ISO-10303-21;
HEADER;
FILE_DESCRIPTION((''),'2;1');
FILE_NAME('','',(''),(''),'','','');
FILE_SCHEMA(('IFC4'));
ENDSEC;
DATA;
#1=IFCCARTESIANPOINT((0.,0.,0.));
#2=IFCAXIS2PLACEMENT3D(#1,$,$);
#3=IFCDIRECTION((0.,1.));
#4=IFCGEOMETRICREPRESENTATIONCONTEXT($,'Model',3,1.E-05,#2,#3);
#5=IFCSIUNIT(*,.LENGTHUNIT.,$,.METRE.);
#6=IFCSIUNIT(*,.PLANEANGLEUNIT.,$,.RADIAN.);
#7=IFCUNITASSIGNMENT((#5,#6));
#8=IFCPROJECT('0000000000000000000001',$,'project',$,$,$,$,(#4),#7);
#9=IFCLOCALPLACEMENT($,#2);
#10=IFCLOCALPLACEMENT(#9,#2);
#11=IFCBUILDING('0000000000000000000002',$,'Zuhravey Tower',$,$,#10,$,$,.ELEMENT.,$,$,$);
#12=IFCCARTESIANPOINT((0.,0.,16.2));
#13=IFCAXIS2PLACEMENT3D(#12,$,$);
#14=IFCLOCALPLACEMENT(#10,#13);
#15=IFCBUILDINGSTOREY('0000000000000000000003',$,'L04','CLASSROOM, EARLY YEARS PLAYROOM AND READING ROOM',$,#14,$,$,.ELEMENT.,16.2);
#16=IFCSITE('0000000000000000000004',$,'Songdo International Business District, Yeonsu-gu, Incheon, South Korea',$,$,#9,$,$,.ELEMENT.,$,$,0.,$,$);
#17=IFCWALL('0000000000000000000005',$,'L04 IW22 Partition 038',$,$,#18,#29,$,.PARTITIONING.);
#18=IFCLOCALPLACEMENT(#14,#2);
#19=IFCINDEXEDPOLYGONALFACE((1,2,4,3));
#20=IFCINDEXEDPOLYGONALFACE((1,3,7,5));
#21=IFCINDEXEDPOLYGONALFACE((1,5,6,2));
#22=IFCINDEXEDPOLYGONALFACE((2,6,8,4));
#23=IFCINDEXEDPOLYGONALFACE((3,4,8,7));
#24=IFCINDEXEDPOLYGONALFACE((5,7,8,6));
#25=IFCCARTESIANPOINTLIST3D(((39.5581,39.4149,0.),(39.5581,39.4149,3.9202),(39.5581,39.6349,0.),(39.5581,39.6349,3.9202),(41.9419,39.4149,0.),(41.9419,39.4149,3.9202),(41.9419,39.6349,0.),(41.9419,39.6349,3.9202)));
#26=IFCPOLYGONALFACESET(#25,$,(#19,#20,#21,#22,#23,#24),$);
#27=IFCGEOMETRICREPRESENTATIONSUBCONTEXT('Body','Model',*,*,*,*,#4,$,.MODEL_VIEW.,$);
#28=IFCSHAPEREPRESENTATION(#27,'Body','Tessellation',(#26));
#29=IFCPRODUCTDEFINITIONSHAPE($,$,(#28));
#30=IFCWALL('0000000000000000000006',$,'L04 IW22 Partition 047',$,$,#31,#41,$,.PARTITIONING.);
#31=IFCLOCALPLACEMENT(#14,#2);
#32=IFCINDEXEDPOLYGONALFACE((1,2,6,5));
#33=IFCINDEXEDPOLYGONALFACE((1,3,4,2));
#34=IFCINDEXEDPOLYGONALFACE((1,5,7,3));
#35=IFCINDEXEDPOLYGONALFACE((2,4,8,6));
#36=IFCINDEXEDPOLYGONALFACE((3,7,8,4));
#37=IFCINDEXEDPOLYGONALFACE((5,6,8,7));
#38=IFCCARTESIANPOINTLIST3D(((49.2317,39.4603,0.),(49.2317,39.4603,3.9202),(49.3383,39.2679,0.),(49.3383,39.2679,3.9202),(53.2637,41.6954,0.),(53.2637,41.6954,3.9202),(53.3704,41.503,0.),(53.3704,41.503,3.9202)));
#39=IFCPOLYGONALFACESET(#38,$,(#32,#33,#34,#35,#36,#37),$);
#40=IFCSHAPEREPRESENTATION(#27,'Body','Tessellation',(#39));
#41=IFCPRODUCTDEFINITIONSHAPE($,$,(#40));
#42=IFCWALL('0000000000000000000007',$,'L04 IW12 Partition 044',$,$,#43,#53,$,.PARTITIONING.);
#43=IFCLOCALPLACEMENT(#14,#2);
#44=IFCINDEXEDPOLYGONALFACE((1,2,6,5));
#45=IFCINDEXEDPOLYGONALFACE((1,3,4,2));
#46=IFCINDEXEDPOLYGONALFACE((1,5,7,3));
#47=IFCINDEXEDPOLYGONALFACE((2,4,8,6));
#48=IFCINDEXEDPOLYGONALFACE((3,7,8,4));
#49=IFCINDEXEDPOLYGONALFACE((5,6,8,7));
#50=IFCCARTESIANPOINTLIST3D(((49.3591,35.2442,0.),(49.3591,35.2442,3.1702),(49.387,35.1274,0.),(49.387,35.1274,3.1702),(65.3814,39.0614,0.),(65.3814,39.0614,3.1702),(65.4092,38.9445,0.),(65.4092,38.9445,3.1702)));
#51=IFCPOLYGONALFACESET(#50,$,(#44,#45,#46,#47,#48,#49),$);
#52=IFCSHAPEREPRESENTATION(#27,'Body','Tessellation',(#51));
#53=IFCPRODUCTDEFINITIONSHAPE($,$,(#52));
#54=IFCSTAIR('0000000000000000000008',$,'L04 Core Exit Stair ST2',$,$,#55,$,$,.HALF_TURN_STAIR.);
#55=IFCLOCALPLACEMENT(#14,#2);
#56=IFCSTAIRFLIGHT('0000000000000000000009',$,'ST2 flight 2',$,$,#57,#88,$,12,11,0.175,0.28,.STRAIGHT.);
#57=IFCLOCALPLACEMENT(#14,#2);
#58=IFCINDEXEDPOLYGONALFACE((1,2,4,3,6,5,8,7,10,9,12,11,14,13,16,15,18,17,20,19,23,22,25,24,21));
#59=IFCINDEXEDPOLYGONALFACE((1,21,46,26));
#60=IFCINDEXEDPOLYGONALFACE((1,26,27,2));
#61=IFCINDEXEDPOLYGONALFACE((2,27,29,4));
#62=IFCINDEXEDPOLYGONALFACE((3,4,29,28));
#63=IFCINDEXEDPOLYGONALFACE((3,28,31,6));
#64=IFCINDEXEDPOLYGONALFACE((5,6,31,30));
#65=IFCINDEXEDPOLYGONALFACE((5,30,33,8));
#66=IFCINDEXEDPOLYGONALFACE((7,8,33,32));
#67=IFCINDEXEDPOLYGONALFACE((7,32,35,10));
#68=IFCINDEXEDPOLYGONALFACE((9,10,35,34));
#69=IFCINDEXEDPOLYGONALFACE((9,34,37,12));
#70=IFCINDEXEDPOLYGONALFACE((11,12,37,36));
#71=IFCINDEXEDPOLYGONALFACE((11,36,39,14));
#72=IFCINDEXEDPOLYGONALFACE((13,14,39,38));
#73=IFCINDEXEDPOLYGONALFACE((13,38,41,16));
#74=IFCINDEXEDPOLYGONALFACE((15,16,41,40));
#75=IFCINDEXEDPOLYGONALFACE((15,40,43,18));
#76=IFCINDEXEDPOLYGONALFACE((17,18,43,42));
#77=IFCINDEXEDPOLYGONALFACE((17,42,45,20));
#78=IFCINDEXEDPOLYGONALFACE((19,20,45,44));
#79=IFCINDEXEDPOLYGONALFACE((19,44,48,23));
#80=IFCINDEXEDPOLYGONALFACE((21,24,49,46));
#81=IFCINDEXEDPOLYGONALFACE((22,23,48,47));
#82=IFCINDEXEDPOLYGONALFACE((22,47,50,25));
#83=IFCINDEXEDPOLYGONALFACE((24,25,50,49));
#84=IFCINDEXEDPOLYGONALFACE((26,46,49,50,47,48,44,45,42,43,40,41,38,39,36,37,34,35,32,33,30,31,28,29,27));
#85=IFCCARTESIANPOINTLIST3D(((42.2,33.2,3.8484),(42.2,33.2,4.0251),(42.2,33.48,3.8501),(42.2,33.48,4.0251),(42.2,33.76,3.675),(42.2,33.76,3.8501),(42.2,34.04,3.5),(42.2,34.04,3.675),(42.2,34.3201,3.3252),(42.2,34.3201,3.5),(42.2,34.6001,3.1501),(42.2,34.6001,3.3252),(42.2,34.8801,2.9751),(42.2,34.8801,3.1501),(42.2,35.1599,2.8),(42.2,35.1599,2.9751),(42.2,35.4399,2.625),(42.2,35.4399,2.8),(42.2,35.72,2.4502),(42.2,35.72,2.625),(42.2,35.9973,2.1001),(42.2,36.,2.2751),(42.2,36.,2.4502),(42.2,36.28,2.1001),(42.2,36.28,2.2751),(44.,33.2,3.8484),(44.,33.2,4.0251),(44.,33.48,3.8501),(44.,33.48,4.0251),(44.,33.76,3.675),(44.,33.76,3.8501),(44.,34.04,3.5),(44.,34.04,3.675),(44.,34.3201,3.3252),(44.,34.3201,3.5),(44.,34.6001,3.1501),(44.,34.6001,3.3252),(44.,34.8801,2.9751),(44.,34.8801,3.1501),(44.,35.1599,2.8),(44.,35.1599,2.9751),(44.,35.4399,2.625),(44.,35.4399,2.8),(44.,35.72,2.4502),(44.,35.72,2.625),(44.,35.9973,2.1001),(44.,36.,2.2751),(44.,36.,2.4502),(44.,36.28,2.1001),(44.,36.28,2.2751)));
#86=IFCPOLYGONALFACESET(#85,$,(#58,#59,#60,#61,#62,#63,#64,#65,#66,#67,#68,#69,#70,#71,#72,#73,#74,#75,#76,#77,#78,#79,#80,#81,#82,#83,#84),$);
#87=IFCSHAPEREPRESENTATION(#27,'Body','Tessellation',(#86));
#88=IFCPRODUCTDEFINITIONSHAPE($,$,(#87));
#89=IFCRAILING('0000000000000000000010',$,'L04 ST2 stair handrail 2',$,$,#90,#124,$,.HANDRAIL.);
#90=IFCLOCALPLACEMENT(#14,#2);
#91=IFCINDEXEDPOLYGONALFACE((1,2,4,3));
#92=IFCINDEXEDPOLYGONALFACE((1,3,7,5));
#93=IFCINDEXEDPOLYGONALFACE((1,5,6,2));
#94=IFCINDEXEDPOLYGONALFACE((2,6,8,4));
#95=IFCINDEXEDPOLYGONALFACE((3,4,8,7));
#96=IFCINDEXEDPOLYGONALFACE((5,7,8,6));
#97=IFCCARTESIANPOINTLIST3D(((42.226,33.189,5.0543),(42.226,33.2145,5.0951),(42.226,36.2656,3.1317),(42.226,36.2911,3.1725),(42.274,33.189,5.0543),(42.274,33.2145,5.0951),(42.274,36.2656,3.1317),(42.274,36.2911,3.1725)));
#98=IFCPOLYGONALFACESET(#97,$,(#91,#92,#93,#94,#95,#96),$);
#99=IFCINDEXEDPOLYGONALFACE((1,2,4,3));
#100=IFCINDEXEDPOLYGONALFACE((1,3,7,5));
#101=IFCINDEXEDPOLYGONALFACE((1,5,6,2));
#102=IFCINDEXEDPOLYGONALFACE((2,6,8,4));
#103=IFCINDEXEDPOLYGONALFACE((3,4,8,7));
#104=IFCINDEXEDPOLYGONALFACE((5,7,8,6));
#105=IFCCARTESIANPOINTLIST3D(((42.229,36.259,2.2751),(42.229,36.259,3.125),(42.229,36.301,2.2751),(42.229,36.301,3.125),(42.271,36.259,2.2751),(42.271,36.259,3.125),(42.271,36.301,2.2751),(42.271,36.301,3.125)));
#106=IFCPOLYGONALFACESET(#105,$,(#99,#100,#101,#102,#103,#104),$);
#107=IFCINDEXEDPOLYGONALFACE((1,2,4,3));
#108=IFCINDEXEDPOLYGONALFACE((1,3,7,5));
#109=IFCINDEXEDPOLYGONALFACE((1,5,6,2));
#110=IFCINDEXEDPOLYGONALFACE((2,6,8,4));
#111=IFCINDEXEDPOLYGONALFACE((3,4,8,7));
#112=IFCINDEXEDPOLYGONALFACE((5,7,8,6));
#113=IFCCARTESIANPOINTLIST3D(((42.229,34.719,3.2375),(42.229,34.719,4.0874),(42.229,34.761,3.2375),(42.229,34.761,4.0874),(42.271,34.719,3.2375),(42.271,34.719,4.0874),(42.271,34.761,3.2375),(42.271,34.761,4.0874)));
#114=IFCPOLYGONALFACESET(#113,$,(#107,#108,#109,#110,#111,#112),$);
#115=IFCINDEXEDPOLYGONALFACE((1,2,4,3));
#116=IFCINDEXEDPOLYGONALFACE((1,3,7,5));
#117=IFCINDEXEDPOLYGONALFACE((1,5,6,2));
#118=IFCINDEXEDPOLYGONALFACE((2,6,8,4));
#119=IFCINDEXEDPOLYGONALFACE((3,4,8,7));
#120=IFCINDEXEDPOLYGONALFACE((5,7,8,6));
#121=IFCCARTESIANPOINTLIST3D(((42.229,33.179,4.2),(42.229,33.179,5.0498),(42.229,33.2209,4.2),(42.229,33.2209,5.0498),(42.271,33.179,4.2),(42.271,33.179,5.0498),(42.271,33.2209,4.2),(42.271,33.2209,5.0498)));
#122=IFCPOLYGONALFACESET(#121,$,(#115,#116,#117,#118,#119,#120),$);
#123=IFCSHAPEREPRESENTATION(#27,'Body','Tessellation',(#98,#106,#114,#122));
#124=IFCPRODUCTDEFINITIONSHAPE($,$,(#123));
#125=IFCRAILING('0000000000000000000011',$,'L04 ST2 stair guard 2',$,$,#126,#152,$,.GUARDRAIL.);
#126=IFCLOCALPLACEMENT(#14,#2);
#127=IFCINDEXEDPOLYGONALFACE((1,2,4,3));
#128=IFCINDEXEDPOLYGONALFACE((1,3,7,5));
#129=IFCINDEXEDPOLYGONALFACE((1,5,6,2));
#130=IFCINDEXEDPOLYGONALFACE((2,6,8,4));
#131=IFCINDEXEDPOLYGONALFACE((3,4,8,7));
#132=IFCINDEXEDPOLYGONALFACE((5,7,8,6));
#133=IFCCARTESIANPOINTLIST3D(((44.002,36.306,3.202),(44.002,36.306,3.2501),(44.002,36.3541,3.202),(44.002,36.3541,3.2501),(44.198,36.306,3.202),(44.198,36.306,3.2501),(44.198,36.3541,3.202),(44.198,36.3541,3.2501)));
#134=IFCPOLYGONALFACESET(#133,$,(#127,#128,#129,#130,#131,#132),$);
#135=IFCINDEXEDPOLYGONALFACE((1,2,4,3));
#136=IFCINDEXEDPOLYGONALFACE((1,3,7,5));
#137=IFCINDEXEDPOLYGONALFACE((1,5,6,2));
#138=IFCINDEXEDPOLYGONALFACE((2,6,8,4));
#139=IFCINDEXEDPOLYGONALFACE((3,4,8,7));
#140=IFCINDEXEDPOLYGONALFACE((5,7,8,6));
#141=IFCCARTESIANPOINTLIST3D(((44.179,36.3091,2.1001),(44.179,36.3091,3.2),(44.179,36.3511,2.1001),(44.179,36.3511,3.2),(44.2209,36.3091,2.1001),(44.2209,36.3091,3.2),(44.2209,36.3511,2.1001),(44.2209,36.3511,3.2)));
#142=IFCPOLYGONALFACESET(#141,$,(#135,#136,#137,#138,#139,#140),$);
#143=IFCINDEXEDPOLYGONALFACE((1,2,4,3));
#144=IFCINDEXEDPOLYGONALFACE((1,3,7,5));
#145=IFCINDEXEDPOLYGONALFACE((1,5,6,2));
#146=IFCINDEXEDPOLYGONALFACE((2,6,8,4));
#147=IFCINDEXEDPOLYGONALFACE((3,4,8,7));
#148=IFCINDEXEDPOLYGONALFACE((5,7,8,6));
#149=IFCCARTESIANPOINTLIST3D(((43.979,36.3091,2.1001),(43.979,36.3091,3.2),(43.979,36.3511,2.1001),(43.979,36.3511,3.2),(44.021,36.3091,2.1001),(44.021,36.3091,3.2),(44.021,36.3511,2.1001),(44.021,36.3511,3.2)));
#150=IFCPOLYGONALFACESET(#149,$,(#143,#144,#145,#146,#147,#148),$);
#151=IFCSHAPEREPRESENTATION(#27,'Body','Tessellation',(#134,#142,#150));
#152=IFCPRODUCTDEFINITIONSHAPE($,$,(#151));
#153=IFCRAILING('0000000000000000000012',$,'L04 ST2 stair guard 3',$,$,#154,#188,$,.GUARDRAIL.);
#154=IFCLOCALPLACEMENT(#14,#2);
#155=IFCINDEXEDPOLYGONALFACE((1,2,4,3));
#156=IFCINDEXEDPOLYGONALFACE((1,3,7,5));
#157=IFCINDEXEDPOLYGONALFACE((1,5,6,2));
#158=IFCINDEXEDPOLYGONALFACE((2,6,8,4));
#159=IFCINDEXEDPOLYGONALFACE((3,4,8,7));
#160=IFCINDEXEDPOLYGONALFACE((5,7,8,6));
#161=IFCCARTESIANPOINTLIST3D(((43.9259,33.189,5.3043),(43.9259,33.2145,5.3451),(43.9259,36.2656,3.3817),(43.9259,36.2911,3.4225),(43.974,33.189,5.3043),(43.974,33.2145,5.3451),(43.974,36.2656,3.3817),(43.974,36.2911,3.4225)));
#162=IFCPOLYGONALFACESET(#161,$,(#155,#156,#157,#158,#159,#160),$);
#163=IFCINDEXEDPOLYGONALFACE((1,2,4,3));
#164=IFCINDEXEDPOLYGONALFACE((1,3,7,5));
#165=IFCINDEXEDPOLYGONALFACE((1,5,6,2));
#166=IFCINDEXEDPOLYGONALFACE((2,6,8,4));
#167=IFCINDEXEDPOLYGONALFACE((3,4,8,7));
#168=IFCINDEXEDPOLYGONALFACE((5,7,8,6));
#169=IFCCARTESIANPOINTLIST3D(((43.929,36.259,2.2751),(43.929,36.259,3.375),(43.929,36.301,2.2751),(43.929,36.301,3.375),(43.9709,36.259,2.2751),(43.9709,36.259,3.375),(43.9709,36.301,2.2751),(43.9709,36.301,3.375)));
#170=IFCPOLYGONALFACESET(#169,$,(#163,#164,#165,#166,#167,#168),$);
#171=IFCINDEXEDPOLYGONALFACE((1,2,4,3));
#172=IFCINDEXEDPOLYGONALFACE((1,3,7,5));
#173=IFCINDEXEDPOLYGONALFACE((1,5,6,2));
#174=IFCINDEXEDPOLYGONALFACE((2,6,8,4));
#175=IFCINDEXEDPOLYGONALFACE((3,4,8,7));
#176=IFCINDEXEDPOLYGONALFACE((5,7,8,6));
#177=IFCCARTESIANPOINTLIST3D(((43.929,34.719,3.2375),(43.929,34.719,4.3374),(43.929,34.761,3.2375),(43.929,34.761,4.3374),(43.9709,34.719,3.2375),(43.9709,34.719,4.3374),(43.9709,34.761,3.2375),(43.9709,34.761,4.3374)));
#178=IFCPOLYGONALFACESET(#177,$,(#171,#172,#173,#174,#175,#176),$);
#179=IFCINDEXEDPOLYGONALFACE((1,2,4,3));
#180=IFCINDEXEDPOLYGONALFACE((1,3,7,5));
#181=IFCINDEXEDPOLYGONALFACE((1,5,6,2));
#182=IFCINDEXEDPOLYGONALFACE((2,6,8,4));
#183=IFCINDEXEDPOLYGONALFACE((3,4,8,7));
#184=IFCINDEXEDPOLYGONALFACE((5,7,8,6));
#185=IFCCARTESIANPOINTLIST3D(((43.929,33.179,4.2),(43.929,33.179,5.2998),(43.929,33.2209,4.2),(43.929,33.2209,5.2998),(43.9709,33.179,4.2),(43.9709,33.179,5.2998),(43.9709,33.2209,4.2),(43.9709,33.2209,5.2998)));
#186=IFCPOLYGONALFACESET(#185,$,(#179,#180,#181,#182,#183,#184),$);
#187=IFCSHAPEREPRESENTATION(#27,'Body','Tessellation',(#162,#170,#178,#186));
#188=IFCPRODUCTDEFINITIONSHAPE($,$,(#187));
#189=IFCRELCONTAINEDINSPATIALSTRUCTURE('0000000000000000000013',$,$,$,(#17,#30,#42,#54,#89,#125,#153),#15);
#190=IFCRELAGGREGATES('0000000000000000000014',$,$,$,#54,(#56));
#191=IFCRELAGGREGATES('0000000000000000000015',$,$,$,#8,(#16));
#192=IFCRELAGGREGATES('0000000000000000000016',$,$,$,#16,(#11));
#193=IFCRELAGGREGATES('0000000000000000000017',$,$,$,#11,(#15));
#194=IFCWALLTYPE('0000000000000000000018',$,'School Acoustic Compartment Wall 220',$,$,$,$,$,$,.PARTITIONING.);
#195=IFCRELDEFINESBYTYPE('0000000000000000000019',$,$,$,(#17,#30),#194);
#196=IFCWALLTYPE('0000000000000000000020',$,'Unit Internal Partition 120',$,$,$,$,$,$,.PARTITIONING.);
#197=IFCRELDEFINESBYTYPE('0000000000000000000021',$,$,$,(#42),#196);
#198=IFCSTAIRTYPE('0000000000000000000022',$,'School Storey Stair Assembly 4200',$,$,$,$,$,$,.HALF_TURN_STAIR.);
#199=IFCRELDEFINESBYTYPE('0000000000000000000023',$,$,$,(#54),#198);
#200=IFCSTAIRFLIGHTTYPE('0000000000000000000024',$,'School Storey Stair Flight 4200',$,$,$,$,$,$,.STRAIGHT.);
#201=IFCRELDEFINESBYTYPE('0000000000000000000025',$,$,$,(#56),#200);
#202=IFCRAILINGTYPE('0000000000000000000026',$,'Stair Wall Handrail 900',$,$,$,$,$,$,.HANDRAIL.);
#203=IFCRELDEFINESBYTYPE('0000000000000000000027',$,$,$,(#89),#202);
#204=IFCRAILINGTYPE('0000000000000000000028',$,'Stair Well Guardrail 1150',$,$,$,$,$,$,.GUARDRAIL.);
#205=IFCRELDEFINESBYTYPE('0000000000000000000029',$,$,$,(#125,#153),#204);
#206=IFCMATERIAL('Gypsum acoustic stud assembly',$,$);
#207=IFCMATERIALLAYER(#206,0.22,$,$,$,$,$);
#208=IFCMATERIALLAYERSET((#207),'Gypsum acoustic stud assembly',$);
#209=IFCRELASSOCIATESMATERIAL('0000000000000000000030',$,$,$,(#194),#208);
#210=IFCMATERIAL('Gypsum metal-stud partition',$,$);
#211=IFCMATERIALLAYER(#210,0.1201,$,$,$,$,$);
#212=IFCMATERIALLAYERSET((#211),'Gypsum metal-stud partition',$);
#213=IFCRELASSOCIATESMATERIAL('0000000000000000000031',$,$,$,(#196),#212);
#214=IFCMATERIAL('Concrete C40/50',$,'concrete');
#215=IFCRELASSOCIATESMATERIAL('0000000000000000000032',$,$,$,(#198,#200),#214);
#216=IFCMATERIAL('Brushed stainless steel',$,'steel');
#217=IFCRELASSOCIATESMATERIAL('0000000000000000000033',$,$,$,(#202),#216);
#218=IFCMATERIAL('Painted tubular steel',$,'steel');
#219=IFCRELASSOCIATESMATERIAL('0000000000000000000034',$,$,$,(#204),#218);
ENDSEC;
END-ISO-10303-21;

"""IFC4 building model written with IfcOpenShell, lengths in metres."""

from ifc_helpers import new_model, si_unit, direction, frame, frame_2d, origin, origin_2d, place, context, subcontext, project, spatial, polyline, rectangle, outline, extrude, material, layer, layer_set, type_object, element, aggregate, save


model = new_model("IFC4")

# Units and contexts
model_context = context("Model", 3, precision=1e-05, world=origin(), true_north=direction((0.0, 1.0)))
body_context = subcontext(model_context, "Body", "Model", "MODEL_VIEW")
ifc_project = project(units=[si_unit("LENGTHUNIT", "METRE"), si_unit("PLANEANGLEUNIT", "RADIAN")], contexts=[model_context])

# Site, building, storey
site_placement = place(None, origin())
site = spatial("IfcSite", under=ifc_project, at=site_placement, Name="Songdo International Business District, Yeonsu-gu, Incheon, South Korea", CompositionType="ELEMENT", RefElevation=0.0)
building_placement = place(site_placement, origin())
building = spatial("IfcBuilding", under=site, at=building_placement, Name="Zuhravey Tower", CompositionType="ELEMENT")
storey_placement = place(building_placement, frame((0.0, 0.0, 16.2)))
storey = spatial("IfcBuildingStorey", under=building, at=storey_placement, Name="L04", Description="CLASSROOM, EARLY YEARS PLAYROOM AND READING ROOM", CompositionType="ELEMENT", Elevation=16.2)

# Walls
ifc_material_1 = material(Name="Gypsum acoustic stud assembly")
ifc_layer_1 = layer(ifc_material_1, 0.22)
ifc_layer_set_1 = layer_set([ifc_layer_1], Name="Gypsum acoustic stud assembly")
wall_type_1 = type_object("IfcWallType", Name="School Acoustic Compartment Wall 220", PredefinedType="PARTITIONING", material=ifc_layer_set_1)
for number, where, z_axis, x_axis, name in (
    (1, (39.5581, 39.5249, 0.0), (0.0, 0.0, 1.0), (1.0, 0.0, 0.0), "L04 IW22 Partition 038"),
):
    element("IfcWall", number, at=place(storey_placement, frame(where, z_axis=z_axis, x_axis=x_axis)), inside=storey, type_object=wall_type_1, Name=name, PredefinedType="PARTITIONING", context=body_context, shape_type="SweptSolid", body=[
        extrude(rectangle(XDim=2.3838, YDim=0.22, at=frame_2d((1.1919, 0.0))), origin(), (0.0, 0.0, 1.0), 3.9202),
    ])
wall_1_placement = place(storey_placement, frame((49.2849, 39.364, 0.0), z_axis=(0.0, 0.0, 1.0), x_axis=(0.874607, 0.484833, 0.0)))
element("IfcWall", 2, at=wall_1_placement, inside=storey, type_object=wall_type_1, Name="L04 IW22 Partition 047", PredefinedType="PARTITIONING", context=body_context, shape_type="SweptSolid", body=[
    extrude(rectangle(XDim=4.6101, YDim=0.22, at=frame_2d((2.3052, 0.0))), origin(), (0.0, 0.0, 1.0), 3.9202),
])
ifc_material_2 = material(Name="Gypsum metal-stud partition")
ifc_layer_2 = layer(ifc_material_2, 0.1201)
ifc_layer_set_2 = layer_set([ifc_layer_2], Name="Gypsum metal-stud partition")
wall_type_2 = type_object("IfcWallType", Name="Unit Internal Partition 120", PredefinedType="PARTITIONING", material=ifc_layer_set_2)
wall_2_placement = place(storey_placement, frame((49.373, 35.1858, 0.0), z_axis=(0.0, 0.0, 1.0), x_axis=(0.972774, 0.231754, 0.0)))
element("IfcWall", 3, at=wall_2_placement, inside=storey, type_object=wall_type_2, Name="L04 IW12 Partition 044", PredefinedType="PARTITIONING", context=body_context, shape_type="SweptSolid", body=[
    extrude(rectangle(XDim=16.4707, YDim=0.1201, at=frame_2d((8.2354, 0.0))), origin(), (0.0, 0.0, 1.0), 3.1702),
])

# Stair, stair flight
ifc_material_3 = material(Name="Concrete C40/50", Category="concrete")
stair_type = type_object("IfcStairType", Name="School Storey Stair Assembly 4200", PredefinedType="HALF_TURN_STAIR", material=ifc_material_3)
stair_placement = place(storey_placement, origin())
stair = element("IfcStair", 4, at=stair_placement, inside=storey, type_object=stair_type, Name="L04 Core Exit Stair ST2", PredefinedType="HALF_TURN_STAIR")
stair_flight_type = type_object("IfcStairFlightType", Name="School Storey Stair Flight 4200", PredefinedType="STRAIGHT", material=ifc_material_3)
stair_flight_placement = place(storey_placement, frame((43.1001, 36.28, 2.1001), z_axis=(0.0, 0.0, 1.0), x_axis=(0.0, -1.0, 0.0)))
stair_flight = element("IfcStairFlight", 5, at=stair_flight_placement, type_object=stair_flight_type, Name="ST2 flight 2", NumberOfRisers=12, NumberOfTreads=11, PredefinedType="STRAIGHT", RiserHeight=0.175, TreadLength=0.28, context=body_context, shape_type="SweptSolid", body=[
    extrude(outline(polyline([(0.0, 0.0), (0.0, 0.175), (0.28, 0.175), (0.28, 0.3501), (0.5601, 0.3501), (0.5601, 0.5249), (0.8401, 0.5249), (0.8401, 0.7), (1.1201, 0.7), (1.1201, 0.875), (1.3999, 0.875), (1.3999, 1.05), (1.6799, 1.05), (1.6799, 1.2251), (1.96, 1.2251), (1.96, 1.3999), (2.24, 1.3999), (2.24, 1.575), (2.52, 1.575), (2.52, 1.75), (2.8, 1.75), (2.8, 1.925), (3.0801, 1.925), (3.0801, 2.1001), (3.0801, 1.7483), (0.2827, 0.0), (0.0, 0.0)])), frame((0.0, 0.8999, 0.0), z_axis=(0.0, -1.0, 0.0), x_axis=(1.0, 0.0, 0.0)), (0.0, 0.0, 1.0), 1.8),
])
aggregate(stair, [stair_flight])

# Railings
ifc_material_4 = material(Name="Brushed stainless steel", Category="steel")
railing_type_1 = type_object("IfcRailingType", Name="Stair Wall Handrail 900", PredefinedType="HANDRAIL", material=ifc_material_4)
railing_1_placement = place(storey_placement, frame((42.25, 36.28, 2.2751)))
element("IfcRailing", 6, at=railing_1_placement, inside=storey, type_object=railing_type_1, Name="L04 ST2 stair handrail 2", PredefinedType="HANDRAIL", context=body_context, shape_type="SweptSolid", body=[
    extrude(rectangle(XDim=0.0481, YDim=0.0481, at=origin_2d()), frame((0.0, -0.0017, 0.877), z_axis=(0.0, -0.848029, 0.529951), x_axis=(1.0, 0.0, 0.0)), (0.0, 0.0, 1.0), 3.6279),
    extrude(rectangle(XDim=0.042, YDim=0.042, at=origin_2d()), origin(), (0.0, 0.0, 1.0), 0.8499),
    extrude(rectangle(XDim=0.042, YDim=0.042, at=origin_2d()), frame((0.0, -1.54, 0.9624)), (0.0, 0.0, 1.0), 0.8499),
    extrude(rectangle(XDim=0.042, YDim=0.042, at=origin_2d()), frame((0.0, -3.0801, 1.9248)), (0.0, 0.0, 1.0), 0.8499),
])
ifc_material_5 = material(Name="Painted tubular steel", Category="steel")
railing_type_2 = type_object("IfcRailingType", Name="Stair Well Guardrail 1150", PredefinedType="GUARDRAIL", material=ifc_material_5)
railing_2_placement = place(storey_placement, frame((44.2, 36.3301, 2.1001)))
element("IfcRailing", 7, at=railing_2_placement, inside=storey, type_object=railing_type_2, Name="L04 ST2 stair guard 2", PredefinedType="GUARDRAIL", context=body_context, shape_type="SweptSolid", body=[
    extrude(rectangle(XDim=0.0481, YDim=0.0481, at=origin_2d()), frame((-0.002, 0.0, 1.126), z_axis=(-1.0, 0.0, 0.0), x_axis=(0.0, -1.0, 0.0)), (0.0, 0.0, 1.0), 0.196),
    extrude(rectangle(XDim=0.042, YDim=0.042, at=origin_2d()), origin(), (0.0, 0.0, 1.0), 1.0999),
    extrude(rectangle(XDim=0.042, YDim=0.042, at=origin_2d()), frame((-0.2, 0.0, 0.0)), (0.0, 0.0, 1.0), 1.0999),
])
railing_3_placement = place(storey_placement, frame((43.95, 36.28, 2.2751)))
element("IfcRailing", 8, at=railing_3_placement, inside=storey, type_object=railing_type_2, Name="L04 ST2 stair guard 3", PredefinedType="GUARDRAIL", context=body_context, shape_type="SweptSolid", body=[
    extrude(rectangle(XDim=0.0481, YDim=0.0481, at=origin_2d()), frame((0.0, -0.0017, 1.127), z_axis=(0.0, -0.848029, 0.529951), x_axis=(1.0, 0.0, 0.0)), (0.0, 0.0, 1.0), 3.6279),
    extrude(rectangle(XDim=0.042, YDim=0.042, at=origin_2d()), origin(), (0.0, 0.0, 1.0), 1.0999),
    extrude(rectangle(XDim=0.042, YDim=0.042, at=origin_2d()), frame((0.0, -1.54, 0.9624)), (0.0, 0.0, 1.0), 1.0999),
    extrude(rectangle(XDim=0.042, YDim=0.042, at=origin_2d()), frame((0.0, -3.0801, 1.9248)), (0.0, 0.0, 1.0), 1.0999),
])

save(model, "model.ifc")
